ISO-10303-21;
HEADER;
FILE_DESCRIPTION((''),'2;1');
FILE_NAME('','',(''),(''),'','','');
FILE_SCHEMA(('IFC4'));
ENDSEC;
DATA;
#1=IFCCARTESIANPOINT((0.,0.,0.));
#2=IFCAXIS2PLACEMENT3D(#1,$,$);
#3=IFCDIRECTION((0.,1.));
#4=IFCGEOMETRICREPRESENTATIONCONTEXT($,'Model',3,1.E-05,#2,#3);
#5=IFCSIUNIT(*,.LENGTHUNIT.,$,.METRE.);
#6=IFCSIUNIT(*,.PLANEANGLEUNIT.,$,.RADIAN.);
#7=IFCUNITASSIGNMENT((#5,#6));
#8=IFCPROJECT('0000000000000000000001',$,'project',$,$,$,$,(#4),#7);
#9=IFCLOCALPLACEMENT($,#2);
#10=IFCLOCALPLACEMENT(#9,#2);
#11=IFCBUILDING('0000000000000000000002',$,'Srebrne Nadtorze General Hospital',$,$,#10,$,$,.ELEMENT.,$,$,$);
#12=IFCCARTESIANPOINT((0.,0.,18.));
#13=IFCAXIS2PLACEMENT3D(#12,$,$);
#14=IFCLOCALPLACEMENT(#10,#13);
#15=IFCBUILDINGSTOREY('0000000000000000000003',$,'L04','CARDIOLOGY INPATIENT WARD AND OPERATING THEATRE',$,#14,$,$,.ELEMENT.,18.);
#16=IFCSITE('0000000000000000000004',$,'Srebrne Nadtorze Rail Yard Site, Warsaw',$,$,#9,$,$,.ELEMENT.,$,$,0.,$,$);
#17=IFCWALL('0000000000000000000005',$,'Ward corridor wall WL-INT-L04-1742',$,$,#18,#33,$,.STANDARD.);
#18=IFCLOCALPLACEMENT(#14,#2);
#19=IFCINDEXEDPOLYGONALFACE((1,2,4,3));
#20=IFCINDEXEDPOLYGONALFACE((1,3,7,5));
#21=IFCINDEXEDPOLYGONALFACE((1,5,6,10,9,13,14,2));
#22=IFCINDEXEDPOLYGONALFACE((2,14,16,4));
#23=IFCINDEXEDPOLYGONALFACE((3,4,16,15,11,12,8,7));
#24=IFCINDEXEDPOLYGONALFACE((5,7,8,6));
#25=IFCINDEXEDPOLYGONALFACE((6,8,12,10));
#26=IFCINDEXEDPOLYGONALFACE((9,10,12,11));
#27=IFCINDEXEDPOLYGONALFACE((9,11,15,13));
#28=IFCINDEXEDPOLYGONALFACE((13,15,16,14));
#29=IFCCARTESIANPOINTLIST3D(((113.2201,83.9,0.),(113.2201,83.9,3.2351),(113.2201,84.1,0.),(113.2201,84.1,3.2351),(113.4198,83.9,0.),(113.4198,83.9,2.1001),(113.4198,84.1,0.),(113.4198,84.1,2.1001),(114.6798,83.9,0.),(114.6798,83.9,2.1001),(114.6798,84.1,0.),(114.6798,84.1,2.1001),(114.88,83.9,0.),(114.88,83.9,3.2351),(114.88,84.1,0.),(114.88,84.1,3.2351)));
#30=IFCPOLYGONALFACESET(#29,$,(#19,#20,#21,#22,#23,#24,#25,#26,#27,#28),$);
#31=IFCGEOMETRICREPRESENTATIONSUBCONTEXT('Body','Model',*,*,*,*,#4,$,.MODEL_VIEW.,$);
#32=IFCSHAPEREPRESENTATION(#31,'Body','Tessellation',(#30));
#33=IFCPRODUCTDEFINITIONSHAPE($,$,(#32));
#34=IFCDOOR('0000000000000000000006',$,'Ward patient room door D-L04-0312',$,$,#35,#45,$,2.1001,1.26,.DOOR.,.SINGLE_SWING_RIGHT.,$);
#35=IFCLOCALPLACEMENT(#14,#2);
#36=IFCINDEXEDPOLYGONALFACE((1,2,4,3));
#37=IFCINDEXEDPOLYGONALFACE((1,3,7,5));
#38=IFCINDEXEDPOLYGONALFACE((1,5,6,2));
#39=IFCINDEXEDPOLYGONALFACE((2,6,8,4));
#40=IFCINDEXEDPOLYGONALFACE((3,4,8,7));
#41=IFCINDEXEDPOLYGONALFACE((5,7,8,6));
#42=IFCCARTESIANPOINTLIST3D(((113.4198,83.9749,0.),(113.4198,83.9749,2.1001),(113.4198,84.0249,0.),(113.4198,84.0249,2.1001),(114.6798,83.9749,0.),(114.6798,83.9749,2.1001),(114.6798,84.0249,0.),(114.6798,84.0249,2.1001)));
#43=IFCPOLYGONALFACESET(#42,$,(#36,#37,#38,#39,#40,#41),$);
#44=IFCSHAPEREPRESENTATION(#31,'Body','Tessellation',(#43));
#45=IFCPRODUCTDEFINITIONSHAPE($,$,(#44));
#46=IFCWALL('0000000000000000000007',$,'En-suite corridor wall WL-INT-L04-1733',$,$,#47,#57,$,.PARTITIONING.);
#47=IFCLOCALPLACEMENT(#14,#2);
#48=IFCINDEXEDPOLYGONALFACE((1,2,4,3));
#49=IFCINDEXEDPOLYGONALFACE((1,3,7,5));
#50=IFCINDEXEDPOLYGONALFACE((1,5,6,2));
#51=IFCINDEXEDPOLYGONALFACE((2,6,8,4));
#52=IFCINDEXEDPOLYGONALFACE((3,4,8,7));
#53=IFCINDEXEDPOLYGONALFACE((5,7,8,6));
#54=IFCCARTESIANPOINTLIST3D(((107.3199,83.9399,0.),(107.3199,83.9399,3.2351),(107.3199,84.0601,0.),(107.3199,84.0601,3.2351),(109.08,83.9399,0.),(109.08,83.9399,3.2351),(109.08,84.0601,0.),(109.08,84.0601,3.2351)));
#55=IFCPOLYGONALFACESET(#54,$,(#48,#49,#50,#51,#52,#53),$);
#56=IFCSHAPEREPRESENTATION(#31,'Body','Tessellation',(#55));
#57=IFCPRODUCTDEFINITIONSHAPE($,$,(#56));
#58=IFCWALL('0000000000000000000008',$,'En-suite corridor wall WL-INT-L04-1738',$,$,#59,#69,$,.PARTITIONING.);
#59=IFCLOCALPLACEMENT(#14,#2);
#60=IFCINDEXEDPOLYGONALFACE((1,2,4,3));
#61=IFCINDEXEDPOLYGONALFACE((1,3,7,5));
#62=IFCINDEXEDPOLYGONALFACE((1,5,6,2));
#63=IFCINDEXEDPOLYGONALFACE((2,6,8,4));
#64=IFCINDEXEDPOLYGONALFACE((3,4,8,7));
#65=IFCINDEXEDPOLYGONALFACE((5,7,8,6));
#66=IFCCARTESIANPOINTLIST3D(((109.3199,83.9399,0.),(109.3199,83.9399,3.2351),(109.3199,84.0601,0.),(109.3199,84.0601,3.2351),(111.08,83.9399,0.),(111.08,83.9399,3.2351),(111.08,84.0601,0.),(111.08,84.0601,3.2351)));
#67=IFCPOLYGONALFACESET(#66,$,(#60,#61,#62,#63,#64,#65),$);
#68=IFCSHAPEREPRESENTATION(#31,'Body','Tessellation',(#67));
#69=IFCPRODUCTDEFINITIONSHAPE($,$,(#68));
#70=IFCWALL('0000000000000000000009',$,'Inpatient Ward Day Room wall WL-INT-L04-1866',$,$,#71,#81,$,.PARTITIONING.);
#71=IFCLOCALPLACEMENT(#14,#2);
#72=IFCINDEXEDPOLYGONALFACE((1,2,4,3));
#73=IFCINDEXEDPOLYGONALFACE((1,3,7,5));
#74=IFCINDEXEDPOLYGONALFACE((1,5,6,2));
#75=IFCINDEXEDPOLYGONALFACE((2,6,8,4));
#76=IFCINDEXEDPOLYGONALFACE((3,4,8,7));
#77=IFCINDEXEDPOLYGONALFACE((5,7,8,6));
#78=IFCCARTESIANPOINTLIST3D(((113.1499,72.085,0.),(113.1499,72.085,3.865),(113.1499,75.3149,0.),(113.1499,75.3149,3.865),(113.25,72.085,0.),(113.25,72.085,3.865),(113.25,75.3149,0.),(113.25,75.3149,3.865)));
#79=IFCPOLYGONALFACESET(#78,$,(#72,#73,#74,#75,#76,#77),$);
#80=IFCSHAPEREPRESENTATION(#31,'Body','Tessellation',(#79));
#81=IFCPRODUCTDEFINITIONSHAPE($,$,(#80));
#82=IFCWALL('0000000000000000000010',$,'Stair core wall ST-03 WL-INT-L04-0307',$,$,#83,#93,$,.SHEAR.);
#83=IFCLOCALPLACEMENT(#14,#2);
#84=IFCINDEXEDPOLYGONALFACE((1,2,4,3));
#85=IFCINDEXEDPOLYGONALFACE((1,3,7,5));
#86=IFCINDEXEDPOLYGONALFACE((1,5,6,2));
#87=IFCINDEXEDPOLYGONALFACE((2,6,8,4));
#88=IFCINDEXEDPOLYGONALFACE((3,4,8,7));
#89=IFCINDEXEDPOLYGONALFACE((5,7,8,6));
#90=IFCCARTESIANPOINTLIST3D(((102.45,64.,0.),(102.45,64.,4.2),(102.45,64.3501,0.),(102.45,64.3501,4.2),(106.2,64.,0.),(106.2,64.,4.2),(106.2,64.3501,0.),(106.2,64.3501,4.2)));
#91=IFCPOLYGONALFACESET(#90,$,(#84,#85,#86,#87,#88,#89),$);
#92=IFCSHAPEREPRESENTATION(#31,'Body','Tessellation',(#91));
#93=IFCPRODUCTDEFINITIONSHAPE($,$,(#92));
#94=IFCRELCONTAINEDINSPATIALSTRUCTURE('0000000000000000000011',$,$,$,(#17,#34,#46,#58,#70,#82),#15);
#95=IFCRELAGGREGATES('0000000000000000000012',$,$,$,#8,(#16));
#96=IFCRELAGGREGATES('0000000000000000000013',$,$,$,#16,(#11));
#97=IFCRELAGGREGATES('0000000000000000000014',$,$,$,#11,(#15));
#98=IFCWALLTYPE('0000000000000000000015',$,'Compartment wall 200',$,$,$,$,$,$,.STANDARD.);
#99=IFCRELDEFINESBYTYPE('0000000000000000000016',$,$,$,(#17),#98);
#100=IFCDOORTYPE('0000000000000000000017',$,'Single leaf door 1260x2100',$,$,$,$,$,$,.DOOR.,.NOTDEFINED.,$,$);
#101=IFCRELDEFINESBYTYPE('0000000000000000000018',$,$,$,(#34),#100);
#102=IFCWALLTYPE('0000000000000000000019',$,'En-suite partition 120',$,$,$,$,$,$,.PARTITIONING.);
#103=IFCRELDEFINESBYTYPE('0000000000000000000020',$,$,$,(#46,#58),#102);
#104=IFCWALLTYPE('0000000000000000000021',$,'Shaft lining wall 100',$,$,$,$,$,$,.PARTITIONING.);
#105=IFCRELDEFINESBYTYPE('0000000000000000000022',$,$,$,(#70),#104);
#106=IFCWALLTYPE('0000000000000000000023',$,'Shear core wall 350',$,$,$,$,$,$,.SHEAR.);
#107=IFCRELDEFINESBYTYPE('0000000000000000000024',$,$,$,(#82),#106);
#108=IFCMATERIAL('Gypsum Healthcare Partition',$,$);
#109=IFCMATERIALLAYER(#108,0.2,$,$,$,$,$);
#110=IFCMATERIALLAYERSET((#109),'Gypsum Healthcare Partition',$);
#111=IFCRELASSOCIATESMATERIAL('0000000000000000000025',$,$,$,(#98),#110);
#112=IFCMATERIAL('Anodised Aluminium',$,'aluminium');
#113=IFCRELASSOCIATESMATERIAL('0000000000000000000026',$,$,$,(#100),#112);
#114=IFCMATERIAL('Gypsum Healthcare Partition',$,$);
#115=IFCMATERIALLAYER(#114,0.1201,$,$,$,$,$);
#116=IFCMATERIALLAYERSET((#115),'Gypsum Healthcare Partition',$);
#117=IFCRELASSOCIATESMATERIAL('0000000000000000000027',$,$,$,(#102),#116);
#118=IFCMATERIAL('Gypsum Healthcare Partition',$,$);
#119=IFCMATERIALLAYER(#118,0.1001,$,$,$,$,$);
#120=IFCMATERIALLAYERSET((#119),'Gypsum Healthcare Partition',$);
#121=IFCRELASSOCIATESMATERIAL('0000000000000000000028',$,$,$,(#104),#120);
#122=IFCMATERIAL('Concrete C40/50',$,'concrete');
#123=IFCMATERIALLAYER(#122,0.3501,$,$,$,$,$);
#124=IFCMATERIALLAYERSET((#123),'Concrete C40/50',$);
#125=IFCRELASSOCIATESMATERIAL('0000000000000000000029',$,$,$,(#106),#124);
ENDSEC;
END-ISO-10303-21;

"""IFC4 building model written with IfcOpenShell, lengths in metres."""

from ifc_helpers import new_model, si_unit, direction, frame, frame_2d, origin, place, context, subcontext, project, spatial, rectangle, extrude, material, layer, layer_set, type_object, element, fill, save


model = new_model("IFC4")

# Units and contexts
model_context = context("Model", 3, precision=1e-05, world=origin(), true_north=direction((0.0, 1.0)))
body_context = subcontext(model_context, "Body", "Model", "MODEL_VIEW")
ifc_project = project(units=[si_unit("LENGTHUNIT", "METRE"), si_unit("PLANEANGLEUNIT", "RADIAN")], contexts=[model_context])

# Site, building, storey
site_placement = place(None, origin())
site = spatial("IfcSite", under=ifc_project, at=site_placement, Name="Srebrne Nadtorze Rail Yard Site, Warsaw", CompositionType="ELEMENT", RefElevation=0.0)
building_placement = place(site_placement, origin())
building = spatial("IfcBuilding", under=site, at=building_placement, Name="Srebrne Nadtorze General Hospital", CompositionType="ELEMENT")
storey_placement = place(building_placement, frame((0.0, 0.0, 18.0)))
storey = spatial("IfcBuildingStorey", under=building, at=storey_placement, Name="L04", Description="CARDIOLOGY INPATIENT WARD AND OPERATING THEATRE", CompositionType="ELEMENT", Elevation=18.0)

# Wall, opening, door
ifc_material_1 = material(Name="Gypsum Healthcare Partition")
ifc_layer_1 = layer(ifc_material_1, 0.2)
ifc_layer_set_1 = layer_set([ifc_layer_1], Name="Gypsum Healthcare Partition")
wall_type_1 = type_object("IfcWallType", Name="Compartment wall 200", PredefinedType="STANDARD", material=ifc_layer_set_1)
ifc_material_2 = material(Name="Anodised Aluminium", Category="aluminium")
door_type_1 = type_object("IfcDoorType", Name="Single leaf door 1260x2100", OperationType="NOTDEFINED", PredefinedType="DOOR", material=ifc_material_2)
wall_1_placement = place(storey_placement, frame((113.22, 84.0, 0.0), z_axis=(0.0, 0.0, 1.0), x_axis=(1.0, 0.0, 0.0)))
wall_1 = element("IfcWall", 1, at=wall_1_placement, inside=storey, type_object=wall_type_1, Name="Ward corridor wall WL-INT-L04-1742", PredefinedType="STANDARD", context=body_context, shape_type="SweptSolid", body=[
    extrude(rectangle(XDim=1.6599, YDim=0.2, at=frame_2d((0.8301, 0.0))), origin(), (0.0, 0.0, 1.0), 3.2351),
])
opening_1_placement = place(wall_1_placement, frame((0.2, 0.0, 0.0)))
opening_1 = element("IfcOpeningElement", 2, at=opening_1_placement, cuts=wall_1, PredefinedType="OPENING", context=body_context, shape_type="SweptSolid", body=[
    extrude(rectangle(XDim=1.26, YDim=2.1001, at=frame_2d((0.6299, 1.05))), frame((0.0, 0.1118, 0.0), z_axis=(0.0, -1.0, 0.0), x_axis=(1.0, 0.0, 0.0)), (0.0, 0.0, 1.0), 0.2239),
])
door_1_placement = place(opening_1_placement, origin())
door_1 = element("IfcDoor", 3, at=door_1_placement, inside=storey, type_object=door_type_1, Name="Ward patient room door D-L04-0312", OperationType="SINGLE_SWING_RIGHT", OverallHeight=2.1001, OverallWidth=1.26, PredefinedType="DOOR", context=body_context, shape_type="SweptSolid", body=[
    extrude(rectangle(XDim=1.26, YDim=2.1001, at=frame_2d((0.6299, 1.05))), frame((0.0, 0.0249, 0.0), z_axis=(0.0, -1.0, 0.0), x_axis=(1.0, 0.0, 0.0)), (0.0, 0.0, 1.0), 0.05),
])
fill(opening_1, door_1)

# Walls
ifc_material_3 = material(Name="Gypsum Healthcare Partition")
ifc_layer_2 = layer(ifc_material_3, 0.1201)
ifc_layer_set_2 = layer_set([ifc_layer_2], Name="Gypsum Healthcare Partition")
wall_type_2 = type_object("IfcWallType", Name="En-suite partition 120", PredefinedType="PARTITIONING", material=ifc_layer_set_2)
for number, where, z_axis, x_axis, name in (
    (4, (107.3201, 84.0, 0.0), (0.0, 0.0, 1.0), (1.0, 0.0, 0.0), "En-suite corridor wall WL-INT-L04-1733"),
    (5, (109.3201, 84.0, 0.0), (0.0, 0.0, 1.0), (1.0, 0.0, 0.0), "En-suite corridor wall WL-INT-L04-1738"),
):
    element("IfcWall", number, at=place(storey_placement, frame(where, z_axis=z_axis, x_axis=x_axis)), inside=storey, type_object=wall_type_2, Name=name, PredefinedType="PARTITIONING", context=body_context, shape_type="SweptSolid", body=[
        extrude(rectangle(XDim=1.76, YDim=0.1201, at=frame_2d((0.8799, 0.0))), origin(), (0.0, 0.0, 1.0), 3.2351),
    ])
ifc_material_4 = material(Name="Gypsum Healthcare Partition")
ifc_layer_3 = layer(ifc_material_4, 0.1001)
ifc_layer_set_3 = layer_set([ifc_layer_3], Name="Gypsum Healthcare Partition")
wall_type_3 = type_object("IfcWallType", Name="Shaft lining wall 100", PredefinedType="PARTITIONING", material=ifc_layer_set_3)
wall_2_placement = place(storey_placement, frame((113.2, 72.085, 0.0), z_axis=(0.0, 0.0, 1.0), x_axis=(0.0, 1.0, 0.0)))
element("IfcWall", 6, at=wall_2_placement, inside=storey, type_object=wall_type_3, Name="Inpatient Ward Day Room wall WL-INT-L04-1866", PredefinedType="PARTITIONING", context=body_context, shape_type="SweptSolid", body=[
    extrude(rectangle(XDim=3.23, YDim=0.1001, at=frame_2d((1.615, 0.0))), origin(), (0.0, 0.0, 1.0), 3.865),
])
ifc_material_5 = material(Name="Concrete C40/50", Category="concrete")
ifc_layer_4 = layer(ifc_material_5, 0.3501)
ifc_layer_set_4 = layer_set([ifc_layer_4], Name="Concrete C40/50")
wall_type_4 = type_object("IfcWallType", Name="Shear core wall 350", PredefinedType="SHEAR", material=ifc_layer_set_4)
wall_3_placement = place(storey_placement, frame((102.45, 64.175, 0.0), z_axis=(0.0, 0.0, 1.0), x_axis=(1.0, 0.0, 0.0)))
element("IfcWall", 7, at=wall_3_placement, inside=storey, type_object=wall_type_4, Name="Stair core wall ST-03 WL-INT-L04-0307", PredefinedType="SHEAR", context=body_context, shape_type="SweptSolid", body=[
    extrude(rectangle(XDim=3.75, YDim=0.3501, at=frame_2d((1.875, 0.0))), origin(), (0.0, 0.0, 1.0), 4.2),
])

save(model, "model.ifc")
